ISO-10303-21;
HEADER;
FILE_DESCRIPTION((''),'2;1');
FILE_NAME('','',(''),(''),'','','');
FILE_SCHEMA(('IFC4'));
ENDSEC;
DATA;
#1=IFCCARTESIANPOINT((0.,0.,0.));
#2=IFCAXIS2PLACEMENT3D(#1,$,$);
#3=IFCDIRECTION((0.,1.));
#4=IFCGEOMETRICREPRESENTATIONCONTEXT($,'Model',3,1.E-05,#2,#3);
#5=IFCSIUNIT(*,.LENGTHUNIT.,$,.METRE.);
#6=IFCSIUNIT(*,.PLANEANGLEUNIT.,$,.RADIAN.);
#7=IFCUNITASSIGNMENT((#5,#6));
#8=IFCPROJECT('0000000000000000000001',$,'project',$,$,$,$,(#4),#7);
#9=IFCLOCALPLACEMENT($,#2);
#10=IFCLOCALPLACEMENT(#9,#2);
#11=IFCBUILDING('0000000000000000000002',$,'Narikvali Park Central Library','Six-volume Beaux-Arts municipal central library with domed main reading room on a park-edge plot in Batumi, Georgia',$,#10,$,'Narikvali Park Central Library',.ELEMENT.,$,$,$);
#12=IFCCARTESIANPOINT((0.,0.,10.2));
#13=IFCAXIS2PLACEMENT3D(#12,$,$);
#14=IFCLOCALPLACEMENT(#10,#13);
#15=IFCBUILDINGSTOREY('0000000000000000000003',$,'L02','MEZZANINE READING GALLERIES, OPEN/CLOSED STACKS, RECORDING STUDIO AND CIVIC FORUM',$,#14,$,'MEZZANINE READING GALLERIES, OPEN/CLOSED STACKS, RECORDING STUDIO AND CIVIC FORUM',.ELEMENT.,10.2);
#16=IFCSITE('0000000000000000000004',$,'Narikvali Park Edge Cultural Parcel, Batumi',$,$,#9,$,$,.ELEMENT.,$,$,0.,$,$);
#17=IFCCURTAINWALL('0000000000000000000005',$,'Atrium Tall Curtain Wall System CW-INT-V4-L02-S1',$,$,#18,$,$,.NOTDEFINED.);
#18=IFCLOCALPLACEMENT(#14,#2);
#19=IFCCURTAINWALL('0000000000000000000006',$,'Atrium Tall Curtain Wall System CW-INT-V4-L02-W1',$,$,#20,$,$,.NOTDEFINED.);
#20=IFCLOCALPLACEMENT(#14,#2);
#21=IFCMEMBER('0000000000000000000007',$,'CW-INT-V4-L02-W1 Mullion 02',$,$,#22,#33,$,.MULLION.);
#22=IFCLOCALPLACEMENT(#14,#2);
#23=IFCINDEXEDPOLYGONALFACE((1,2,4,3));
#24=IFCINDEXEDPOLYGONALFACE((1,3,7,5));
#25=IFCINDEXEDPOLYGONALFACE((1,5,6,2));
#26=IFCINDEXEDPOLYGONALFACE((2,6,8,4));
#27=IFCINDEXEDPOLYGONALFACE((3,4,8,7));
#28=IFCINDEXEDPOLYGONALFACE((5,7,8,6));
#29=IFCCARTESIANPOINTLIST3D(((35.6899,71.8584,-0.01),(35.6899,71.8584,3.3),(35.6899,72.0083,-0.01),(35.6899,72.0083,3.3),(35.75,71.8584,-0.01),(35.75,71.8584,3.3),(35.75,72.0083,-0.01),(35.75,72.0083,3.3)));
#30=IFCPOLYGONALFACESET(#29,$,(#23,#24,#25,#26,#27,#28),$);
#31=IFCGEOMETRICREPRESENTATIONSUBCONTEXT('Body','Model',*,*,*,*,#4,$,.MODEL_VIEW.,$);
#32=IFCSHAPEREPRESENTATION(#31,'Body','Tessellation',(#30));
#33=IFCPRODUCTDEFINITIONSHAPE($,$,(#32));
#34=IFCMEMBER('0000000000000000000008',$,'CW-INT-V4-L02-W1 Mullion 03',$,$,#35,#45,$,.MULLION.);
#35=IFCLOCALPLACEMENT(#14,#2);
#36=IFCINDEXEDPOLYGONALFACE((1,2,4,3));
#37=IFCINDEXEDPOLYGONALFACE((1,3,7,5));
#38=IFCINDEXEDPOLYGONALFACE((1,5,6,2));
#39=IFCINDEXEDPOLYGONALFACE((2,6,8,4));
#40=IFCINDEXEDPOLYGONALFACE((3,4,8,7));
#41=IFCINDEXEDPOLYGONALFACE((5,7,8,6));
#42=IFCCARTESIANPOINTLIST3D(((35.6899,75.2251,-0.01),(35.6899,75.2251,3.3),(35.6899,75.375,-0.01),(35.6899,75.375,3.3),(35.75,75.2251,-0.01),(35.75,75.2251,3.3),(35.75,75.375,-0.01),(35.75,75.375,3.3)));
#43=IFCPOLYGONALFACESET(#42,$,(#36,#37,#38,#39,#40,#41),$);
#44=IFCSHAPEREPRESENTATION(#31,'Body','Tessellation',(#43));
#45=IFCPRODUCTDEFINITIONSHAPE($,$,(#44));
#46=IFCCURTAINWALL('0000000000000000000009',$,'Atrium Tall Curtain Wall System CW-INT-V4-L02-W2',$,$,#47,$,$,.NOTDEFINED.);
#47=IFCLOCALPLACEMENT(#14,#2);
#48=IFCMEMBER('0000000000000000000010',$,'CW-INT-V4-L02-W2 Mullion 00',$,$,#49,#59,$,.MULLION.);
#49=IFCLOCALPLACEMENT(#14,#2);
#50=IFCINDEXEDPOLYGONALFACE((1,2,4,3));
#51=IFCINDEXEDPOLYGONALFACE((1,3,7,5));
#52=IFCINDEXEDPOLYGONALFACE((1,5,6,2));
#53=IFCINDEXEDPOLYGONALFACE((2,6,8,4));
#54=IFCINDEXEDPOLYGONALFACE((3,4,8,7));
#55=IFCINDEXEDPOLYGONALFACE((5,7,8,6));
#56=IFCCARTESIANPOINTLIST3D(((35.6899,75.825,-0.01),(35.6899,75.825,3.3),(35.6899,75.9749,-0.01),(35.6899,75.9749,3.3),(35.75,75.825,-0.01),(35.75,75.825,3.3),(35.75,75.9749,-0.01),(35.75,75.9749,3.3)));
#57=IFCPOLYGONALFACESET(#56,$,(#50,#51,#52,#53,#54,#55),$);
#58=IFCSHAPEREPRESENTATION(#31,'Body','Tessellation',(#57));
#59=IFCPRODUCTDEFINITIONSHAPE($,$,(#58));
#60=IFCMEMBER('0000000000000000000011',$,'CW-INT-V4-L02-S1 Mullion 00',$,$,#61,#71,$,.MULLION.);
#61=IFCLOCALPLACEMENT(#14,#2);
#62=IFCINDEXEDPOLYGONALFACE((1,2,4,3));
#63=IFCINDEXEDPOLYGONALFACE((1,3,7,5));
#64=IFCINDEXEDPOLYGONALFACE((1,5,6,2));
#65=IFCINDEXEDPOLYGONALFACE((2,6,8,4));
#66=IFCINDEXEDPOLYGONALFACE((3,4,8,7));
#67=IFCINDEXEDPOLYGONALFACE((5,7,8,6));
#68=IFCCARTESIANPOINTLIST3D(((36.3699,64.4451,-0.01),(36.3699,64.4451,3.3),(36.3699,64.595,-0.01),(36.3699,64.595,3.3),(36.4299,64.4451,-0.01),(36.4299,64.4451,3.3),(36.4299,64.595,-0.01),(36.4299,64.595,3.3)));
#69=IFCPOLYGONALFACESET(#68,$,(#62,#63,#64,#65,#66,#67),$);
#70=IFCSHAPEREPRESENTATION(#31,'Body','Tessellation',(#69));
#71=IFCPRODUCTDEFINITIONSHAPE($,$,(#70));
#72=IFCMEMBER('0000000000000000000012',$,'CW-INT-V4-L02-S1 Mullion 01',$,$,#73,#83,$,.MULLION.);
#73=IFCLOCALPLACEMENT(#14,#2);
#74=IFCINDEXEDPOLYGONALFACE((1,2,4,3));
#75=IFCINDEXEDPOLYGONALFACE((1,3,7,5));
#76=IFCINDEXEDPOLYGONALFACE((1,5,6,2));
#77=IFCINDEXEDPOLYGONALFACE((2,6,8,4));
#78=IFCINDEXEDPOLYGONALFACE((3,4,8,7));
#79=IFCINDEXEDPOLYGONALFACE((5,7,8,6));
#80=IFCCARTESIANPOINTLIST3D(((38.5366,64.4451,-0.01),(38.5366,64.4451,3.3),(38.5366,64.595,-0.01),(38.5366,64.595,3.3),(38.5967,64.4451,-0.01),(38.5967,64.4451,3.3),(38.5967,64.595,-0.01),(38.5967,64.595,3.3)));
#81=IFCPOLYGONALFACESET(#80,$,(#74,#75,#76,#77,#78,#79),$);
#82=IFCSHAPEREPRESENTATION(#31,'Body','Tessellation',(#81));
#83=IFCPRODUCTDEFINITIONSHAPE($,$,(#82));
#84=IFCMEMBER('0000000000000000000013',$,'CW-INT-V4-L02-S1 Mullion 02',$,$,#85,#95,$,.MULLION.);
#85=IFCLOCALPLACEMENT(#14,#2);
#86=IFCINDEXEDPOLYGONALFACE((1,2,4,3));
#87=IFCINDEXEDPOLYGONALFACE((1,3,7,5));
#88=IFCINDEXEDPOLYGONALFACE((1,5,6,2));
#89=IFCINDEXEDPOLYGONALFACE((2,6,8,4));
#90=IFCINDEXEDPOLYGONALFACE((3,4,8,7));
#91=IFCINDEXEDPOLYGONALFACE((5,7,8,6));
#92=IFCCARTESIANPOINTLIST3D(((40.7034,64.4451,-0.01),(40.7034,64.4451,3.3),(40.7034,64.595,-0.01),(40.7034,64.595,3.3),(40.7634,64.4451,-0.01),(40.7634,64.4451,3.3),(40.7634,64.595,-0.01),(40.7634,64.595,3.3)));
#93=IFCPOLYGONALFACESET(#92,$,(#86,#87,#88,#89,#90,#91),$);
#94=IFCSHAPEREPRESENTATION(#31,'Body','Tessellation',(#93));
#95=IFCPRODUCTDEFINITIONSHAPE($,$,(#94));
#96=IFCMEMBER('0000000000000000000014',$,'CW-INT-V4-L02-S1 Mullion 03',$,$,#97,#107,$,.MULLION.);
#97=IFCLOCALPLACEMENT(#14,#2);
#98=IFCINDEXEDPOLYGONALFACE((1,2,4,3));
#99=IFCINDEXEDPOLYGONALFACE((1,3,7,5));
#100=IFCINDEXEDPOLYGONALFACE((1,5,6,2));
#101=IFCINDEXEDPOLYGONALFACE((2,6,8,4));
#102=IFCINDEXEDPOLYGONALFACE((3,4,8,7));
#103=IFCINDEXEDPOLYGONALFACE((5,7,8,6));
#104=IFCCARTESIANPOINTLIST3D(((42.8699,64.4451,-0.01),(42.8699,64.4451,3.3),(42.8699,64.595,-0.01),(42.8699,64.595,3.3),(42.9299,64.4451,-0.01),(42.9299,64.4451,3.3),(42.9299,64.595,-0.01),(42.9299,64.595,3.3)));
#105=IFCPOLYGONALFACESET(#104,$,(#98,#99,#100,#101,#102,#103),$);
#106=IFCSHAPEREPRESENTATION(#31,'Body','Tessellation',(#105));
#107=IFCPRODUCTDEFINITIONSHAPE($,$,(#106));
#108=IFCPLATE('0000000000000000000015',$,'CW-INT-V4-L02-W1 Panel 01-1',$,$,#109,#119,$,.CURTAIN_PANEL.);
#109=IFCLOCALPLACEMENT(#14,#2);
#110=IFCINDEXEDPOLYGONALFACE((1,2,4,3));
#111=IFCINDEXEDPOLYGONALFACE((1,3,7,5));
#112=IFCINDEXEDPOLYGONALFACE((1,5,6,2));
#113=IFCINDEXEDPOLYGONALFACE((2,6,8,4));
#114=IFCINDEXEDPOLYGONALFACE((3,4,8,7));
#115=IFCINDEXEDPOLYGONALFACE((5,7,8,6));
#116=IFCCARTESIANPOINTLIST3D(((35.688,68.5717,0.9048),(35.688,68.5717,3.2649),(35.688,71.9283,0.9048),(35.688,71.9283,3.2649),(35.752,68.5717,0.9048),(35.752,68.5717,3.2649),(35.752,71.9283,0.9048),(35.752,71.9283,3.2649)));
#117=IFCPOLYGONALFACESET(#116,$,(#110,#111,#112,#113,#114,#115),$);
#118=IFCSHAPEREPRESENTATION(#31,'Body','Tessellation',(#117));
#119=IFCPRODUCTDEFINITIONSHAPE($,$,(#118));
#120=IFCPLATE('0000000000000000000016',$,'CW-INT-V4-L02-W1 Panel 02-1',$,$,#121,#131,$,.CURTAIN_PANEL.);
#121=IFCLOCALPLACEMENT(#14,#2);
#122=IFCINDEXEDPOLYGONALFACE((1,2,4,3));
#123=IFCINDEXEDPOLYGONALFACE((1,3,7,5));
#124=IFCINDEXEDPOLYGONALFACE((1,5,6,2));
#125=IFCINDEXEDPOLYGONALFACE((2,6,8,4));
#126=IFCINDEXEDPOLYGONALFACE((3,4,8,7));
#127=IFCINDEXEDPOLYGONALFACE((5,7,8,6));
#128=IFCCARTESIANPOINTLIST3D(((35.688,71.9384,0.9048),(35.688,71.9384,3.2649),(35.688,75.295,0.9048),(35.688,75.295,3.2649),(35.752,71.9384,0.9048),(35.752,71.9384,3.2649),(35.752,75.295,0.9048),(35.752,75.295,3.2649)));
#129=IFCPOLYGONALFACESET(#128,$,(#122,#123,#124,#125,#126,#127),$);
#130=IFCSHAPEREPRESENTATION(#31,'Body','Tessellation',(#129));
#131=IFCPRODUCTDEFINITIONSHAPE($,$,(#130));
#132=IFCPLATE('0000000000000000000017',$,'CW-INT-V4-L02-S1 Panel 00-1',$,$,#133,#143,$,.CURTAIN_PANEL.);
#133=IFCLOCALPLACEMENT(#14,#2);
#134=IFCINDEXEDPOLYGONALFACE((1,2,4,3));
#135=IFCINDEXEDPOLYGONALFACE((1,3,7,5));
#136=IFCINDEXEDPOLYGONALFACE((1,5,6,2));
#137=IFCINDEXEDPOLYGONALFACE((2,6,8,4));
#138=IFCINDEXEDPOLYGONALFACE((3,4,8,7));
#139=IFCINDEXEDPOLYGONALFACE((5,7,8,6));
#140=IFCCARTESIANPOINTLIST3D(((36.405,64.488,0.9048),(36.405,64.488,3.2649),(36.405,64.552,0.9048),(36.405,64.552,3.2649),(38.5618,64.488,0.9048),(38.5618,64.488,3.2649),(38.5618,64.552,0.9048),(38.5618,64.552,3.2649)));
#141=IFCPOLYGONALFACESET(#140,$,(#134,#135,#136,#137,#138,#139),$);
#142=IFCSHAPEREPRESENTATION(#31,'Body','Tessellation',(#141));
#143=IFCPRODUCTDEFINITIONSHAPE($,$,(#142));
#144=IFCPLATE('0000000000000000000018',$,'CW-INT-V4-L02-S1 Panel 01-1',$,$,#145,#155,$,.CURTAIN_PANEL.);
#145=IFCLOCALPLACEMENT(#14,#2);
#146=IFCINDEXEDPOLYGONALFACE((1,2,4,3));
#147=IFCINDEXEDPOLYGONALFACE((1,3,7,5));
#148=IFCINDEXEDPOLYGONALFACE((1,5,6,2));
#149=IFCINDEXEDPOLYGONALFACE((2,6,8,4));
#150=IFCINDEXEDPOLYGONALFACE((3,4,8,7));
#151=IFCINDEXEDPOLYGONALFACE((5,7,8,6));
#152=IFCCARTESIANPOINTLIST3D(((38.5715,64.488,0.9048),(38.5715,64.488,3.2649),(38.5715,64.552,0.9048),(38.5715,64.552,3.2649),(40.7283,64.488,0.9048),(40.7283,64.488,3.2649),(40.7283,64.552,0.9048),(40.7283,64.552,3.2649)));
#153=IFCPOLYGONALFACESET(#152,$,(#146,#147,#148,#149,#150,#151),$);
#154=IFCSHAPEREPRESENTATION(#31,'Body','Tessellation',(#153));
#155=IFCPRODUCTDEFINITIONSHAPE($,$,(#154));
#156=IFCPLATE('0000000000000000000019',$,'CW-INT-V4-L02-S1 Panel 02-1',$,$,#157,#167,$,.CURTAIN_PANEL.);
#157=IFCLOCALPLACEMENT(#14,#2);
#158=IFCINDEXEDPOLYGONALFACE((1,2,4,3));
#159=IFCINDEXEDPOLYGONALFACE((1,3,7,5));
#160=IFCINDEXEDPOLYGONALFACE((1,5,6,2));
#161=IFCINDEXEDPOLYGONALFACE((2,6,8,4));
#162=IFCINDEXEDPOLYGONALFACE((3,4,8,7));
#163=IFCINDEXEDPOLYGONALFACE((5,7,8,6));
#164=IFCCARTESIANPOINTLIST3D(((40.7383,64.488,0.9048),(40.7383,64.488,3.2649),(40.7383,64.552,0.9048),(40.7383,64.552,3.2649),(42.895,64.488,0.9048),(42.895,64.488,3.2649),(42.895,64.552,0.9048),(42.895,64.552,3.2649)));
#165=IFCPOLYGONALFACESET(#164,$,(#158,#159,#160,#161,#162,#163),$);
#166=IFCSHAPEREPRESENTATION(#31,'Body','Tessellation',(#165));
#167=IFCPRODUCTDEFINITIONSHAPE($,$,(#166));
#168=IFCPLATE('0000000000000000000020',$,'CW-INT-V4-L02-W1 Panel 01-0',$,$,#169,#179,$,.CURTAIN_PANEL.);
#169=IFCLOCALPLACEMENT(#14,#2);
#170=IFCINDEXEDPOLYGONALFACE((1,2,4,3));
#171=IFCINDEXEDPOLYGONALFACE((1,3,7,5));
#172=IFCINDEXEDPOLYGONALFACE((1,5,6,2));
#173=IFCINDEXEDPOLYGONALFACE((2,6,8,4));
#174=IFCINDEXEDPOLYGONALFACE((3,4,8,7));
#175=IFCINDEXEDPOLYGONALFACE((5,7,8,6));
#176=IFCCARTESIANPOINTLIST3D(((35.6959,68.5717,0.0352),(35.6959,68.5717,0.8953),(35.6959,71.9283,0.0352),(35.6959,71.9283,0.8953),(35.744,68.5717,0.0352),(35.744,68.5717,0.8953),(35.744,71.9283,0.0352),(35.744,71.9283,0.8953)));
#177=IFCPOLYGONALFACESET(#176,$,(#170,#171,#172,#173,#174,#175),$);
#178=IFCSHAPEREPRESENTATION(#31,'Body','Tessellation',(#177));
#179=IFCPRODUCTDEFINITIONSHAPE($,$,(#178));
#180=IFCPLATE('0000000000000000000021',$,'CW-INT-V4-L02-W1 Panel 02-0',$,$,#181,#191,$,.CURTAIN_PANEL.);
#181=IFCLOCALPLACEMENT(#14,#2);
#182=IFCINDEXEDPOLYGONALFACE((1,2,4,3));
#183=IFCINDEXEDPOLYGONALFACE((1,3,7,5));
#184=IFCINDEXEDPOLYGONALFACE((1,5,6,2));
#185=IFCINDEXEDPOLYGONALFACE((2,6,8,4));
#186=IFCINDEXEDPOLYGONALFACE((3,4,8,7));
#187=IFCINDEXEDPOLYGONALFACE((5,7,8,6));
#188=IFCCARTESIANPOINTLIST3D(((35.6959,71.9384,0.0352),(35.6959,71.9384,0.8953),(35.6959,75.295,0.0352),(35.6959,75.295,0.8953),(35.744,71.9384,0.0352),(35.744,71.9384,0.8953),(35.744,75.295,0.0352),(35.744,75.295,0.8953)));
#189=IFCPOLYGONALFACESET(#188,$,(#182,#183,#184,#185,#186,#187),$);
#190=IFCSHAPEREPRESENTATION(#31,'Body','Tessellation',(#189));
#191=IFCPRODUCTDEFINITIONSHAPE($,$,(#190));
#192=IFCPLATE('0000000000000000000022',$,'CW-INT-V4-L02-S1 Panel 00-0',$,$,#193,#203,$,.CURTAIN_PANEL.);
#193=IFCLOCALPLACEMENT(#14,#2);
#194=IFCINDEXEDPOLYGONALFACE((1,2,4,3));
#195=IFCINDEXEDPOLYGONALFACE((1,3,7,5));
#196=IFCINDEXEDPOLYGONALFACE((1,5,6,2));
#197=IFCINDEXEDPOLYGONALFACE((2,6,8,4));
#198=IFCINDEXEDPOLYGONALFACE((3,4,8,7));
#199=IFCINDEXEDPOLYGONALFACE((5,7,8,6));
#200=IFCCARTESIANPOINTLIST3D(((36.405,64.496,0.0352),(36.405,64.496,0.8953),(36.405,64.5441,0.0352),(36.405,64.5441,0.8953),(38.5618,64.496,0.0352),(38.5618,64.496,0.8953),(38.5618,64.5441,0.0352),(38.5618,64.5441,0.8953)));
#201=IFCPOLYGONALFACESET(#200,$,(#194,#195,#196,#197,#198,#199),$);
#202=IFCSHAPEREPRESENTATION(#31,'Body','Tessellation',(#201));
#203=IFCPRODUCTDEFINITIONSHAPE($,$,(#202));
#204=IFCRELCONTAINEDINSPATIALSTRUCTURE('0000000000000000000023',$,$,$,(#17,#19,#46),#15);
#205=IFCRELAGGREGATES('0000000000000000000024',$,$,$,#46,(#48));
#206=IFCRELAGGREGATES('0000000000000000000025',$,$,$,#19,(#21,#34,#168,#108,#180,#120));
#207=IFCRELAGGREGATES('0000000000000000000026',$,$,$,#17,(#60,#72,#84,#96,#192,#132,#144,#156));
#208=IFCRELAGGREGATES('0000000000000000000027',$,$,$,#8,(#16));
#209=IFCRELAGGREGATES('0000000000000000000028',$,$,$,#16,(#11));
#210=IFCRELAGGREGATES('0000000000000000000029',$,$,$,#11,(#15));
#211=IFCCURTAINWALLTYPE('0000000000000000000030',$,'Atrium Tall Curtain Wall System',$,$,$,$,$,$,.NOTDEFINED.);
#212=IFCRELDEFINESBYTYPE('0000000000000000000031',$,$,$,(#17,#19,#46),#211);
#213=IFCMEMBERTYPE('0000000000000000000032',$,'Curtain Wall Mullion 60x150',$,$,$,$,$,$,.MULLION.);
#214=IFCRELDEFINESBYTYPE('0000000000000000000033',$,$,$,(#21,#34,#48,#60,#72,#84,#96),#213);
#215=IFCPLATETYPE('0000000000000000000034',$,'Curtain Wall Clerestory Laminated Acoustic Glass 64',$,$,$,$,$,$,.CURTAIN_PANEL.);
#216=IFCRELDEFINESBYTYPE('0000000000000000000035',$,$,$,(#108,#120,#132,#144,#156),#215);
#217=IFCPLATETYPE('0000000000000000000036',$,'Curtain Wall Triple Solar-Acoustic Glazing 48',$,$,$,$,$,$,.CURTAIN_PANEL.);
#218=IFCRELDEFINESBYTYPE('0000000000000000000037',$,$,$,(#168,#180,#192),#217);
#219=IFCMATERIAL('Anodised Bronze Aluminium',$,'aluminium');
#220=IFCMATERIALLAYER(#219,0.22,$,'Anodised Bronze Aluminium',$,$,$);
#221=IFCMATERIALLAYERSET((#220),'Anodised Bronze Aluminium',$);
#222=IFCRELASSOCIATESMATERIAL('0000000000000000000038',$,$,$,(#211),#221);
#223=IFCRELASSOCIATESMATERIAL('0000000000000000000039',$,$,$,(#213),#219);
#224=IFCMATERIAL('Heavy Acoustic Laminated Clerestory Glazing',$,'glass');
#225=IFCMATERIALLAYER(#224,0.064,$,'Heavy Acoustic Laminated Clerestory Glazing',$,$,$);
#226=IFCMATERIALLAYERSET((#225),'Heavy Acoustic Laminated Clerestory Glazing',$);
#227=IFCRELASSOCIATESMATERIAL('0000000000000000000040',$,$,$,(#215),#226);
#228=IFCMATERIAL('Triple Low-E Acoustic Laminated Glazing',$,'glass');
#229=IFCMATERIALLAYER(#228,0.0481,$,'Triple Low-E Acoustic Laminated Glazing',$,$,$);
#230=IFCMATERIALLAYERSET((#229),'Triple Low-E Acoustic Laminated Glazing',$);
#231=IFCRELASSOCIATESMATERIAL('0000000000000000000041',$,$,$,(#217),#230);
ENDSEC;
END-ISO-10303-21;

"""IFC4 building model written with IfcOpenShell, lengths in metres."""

from ifc_helpers import new_model, si_unit, direction, frame, origin, origin_2d, place, context, subcontext, project, spatial, rectangle, extrude, material, layer, layer_set, material_profile, profile_set, type_object, element, aggregate, save


model = new_model("IFC4")

# Units and contexts
model_context = context("Model", 3, precision=1e-05, world=origin(), true_north=direction((0.0, 1.0)))
body_context = subcontext(model_context, "Body", "Model", "MODEL_VIEW")
ifc_project = project(units=[si_unit("LENGTHUNIT", "METRE"), si_unit("PLANEANGLEUNIT", "RADIAN")], contexts=[model_context])

# Site, building, storey
site_placement = place(None, origin())
site = spatial("IfcSite", under=ifc_project, at=site_placement, Name="Narikvali Park Edge Cultural Parcel, Batumi", CompositionType="ELEMENT", RefElevation=0.0)
building_placement = place(site_placement, origin())
building = spatial("IfcBuilding", under=site, at=building_placement, Name="Narikvali Park Central Library", Description="Six-volume Beaux-Arts municipal central library with domed main reading room on a park-edge plot in Batumi, Georgia", LongName="Narikvali Park Central Library", CompositionType="ELEMENT")
storey_placement = place(building_placement, frame((0.0, 0.0, 10.2)))
storey = spatial("IfcBuildingStorey", under=building, at=storey_placement, Name="L02", Description="MEZZANINE READING GALLERIES, OPEN/CLOSED STACKS, RECORDING STUDIO AND CIVIC FORUM", LongName="MEZZANINE READING GALLERIES, OPEN/CLOSED STACKS, RECORDING STUDIO AND CIVIC FORUM", CompositionType="ELEMENT", Elevation=10.2)

# Curtain walls, members
ifc_material_1 = material(Name="Anodised Bronze Aluminium", Category="aluminium")
ifc_layer_1 = layer(ifc_material_1, 0.22, Name="Anodised Bronze Aluminium")
ifc_layer_set_1 = layer_set([ifc_layer_1], Name="Anodised Bronze Aluminium")
curtain_wall_type = type_object("IfcCurtainWallType", Name="Atrium Tall Curtain Wall System", PredefinedType="NOTDEFINED", material=ifc_layer_set_1)
curtain_wall_1_placement = place(storey_placement, origin())
curtain_wall_1 = element("IfcCurtainWall", 1, at=curtain_wall_1_placement, inside=storey, type_object=curtain_wall_type, Name="Atrium Tall Curtain Wall System CW-INT-V4-L02-S1", PredefinedType="NOTDEFINED")
curtain_wall_2_placement = place(storey_placement, origin())
curtain_wall_2 = element("IfcCurtainWall", 2, at=curtain_wall_2_placement, inside=storey, type_object=curtain_wall_type, Name="Atrium Tall Curtain Wall System CW-INT-V4-L02-W1", PredefinedType="NOTDEFINED")
ifc_material_profile_1 = material_profile(ifc_material_1, rectangle(XDim=0.0601, YDim=0.1499, at=origin_2d()), Name="CW MULLION 60x150")
ifc_profile_set_1 = profile_set([ifc_material_profile_1], Name="Anodised Bronze Aluminium")
member_type_1 = type_object("IfcMemberType", Name="Curtain Wall Mullion 60x150", PredefinedType="MULLION", material=ifc_profile_set_1)
member_1_placement = place(storey_placement, frame((35.72, 71.9333, -0.01), z_axis=(0.0, 0.0, 1.0), x_axis=(1.0, 0.0, 0.0)))
member_1 = element("IfcMember", 3, at=member_1_placement, type_object=member_type_1, Name="CW-INT-V4-L02-W1 Mullion 02", PredefinedType="MULLION", context=body_context, shape_type="SweptSolid", body=[
    extrude(rectangle(XDim=0.0601, YDim=0.1499, at=origin_2d()), origin(), (0.0, 0.0, 1.0), 3.3101),
])
member_2_placement = place(storey_placement, frame((35.72, 75.3, -0.01), z_axis=(0.0, 0.0, 1.0), x_axis=(1.0, 0.0, 0.0)))
member_2 = element("IfcMember", 4, at=member_2_placement, type_object=member_type_1, Name="CW-INT-V4-L02-W1 Mullion 03", PredefinedType="MULLION", context=body_context, shape_type="SweptSolid", body=[
    extrude(rectangle(XDim=0.0601, YDim=0.1499, at=origin_2d()), origin(), (0.0, 0.0, 1.0), 3.3101),
])

# Curtain wall, member
curtain_wall_3_placement = place(storey_placement, origin())
curtain_wall_3 = element("IfcCurtainWall", 5, at=curtain_wall_3_placement, inside=storey, type_object=curtain_wall_type, Name="Atrium Tall Curtain Wall System CW-INT-V4-L02-W2", PredefinedType="NOTDEFINED")
member_3_placement = place(storey_placement, frame((35.72, 75.8999, -0.01), z_axis=(0.0, 0.0, 1.0), x_axis=(1.0, 0.0, 0.0)))
member_3 = element("IfcMember", 6, at=member_3_placement, type_object=member_type_1, Name="CW-INT-V4-L02-W2 Mullion 00", PredefinedType="MULLION", context=body_context, shape_type="SweptSolid", body=[
    extrude(rectangle(XDim=0.0601, YDim=0.1499, at=origin_2d()), origin(), (0.0, 0.0, 1.0), 3.3101),
])
aggregate(curtain_wall_3, [member_3])

# Members
member_4_placement = place(storey_placement, frame((36.3999, 64.52, -0.01), z_axis=(0.0, 0.0, 1.0), x_axis=(1.0, 0.0, 0.0)))
member_4 = element("IfcMember", 7, at=member_4_placement, type_object=member_type_1, Name="CW-INT-V4-L02-S1 Mullion 00", PredefinedType="MULLION", context=body_context, shape_type="SweptSolid", body=[
    extrude(rectangle(XDim=0.0601, YDim=0.1499, at=origin_2d()), origin(), (0.0, 0.0, 1.0), 3.3101),
])
member_5_placement = place(storey_placement, frame((38.5667, 64.52, -0.01), z_axis=(0.0, 0.0, 1.0), x_axis=(1.0, 0.0, 0.0)))
member_5 = element("IfcMember", 8, at=member_5_placement, type_object=member_type_1, Name="CW-INT-V4-L02-S1 Mullion 01", PredefinedType="MULLION", context=body_context, shape_type="SweptSolid", body=[
    extrude(rectangle(XDim=0.0601, YDim=0.1499, at=origin_2d()), origin(), (0.0, 0.0, 1.0), 3.3101),
])
member_6_placement = place(storey_placement, frame((40.7334, 64.52, -0.01), z_axis=(0.0, 0.0, 1.0), x_axis=(1.0, 0.0, 0.0)))
member_6 = element("IfcMember", 9, at=member_6_placement, type_object=member_type_1, Name="CW-INT-V4-L02-S1 Mullion 02", PredefinedType="MULLION", context=body_context, shape_type="SweptSolid", body=[
    extrude(rectangle(XDim=0.0601, YDim=0.1499, at=origin_2d()), origin(), (0.0, 0.0, 1.0), 3.3101),
])
member_7_placement = place(storey_placement, frame((42.8999, 64.52, -0.01), z_axis=(0.0, 0.0, 1.0), x_axis=(1.0, 0.0, 0.0)))
member_7 = element("IfcMember", 10, at=member_7_placement, type_object=member_type_1, Name="CW-INT-V4-L02-S1 Mullion 03", PredefinedType="MULLION", context=body_context, shape_type="SweptSolid", body=[
    extrude(rectangle(XDim=0.0601, YDim=0.1499, at=origin_2d()), origin(), (0.0, 0.0, 1.0), 3.3101),
])

# Plates
ifc_material_2 = material(Name="Heavy Acoustic Laminated Clerestory Glazing", Category="glass")
ifc_layer_2 = layer(ifc_material_2, 0.064, Name="Heavy Acoustic Laminated Clerestory Glazing")
ifc_layer_set_2 = layer_set([ifc_layer_2], Name="Heavy Acoustic Laminated Clerestory Glazing")
plate_type_1 = type_object("IfcPlateType", Name="Curtain Wall Clerestory Laminated Acoustic Glass 64", PredefinedType="CURTAIN_PANEL", material=ifc_layer_set_2)
plate_1_placement = place(storey_placement, frame((35.72, 70.25, 0.9048), z_axis=(0.0, 0.0, 1.0), x_axis=(0.0, 1.0, 0.0)))
plate_1 = element("IfcPlate", 11, at=plate_1_placement, type_object=plate_type_1, Name="CW-INT-V4-L02-W1 Panel 01-1", PredefinedType="CURTAIN_PANEL", context=body_context, shape_type="SweptSolid", body=[
    extrude(rectangle(XDim=3.3567, YDim=0.064, at=origin_2d()), origin(), (0.0, 0.0, 1.0), 2.3601),
])
plate_2_placement = place(storey_placement, frame((35.72, 73.6167, 0.9048), z_axis=(0.0, 0.0, 1.0), x_axis=(0.0, 1.0, 0.0)))
plate_2 = element("IfcPlate", 12, at=plate_2_placement, type_object=plate_type_1, Name="CW-INT-V4-L02-W1 Panel 02-1", PredefinedType="CURTAIN_PANEL", context=body_context, shape_type="SweptSolid", body=[
    extrude(rectangle(XDim=3.3567, YDim=0.064, at=origin_2d()), origin(), (0.0, 0.0, 1.0), 2.3601),
])
plate_3_placement = place(storey_placement, frame((37.4834, 64.52, 0.9048), z_axis=(0.0, 0.0, 1.0), x_axis=(1.0, 0.0, 0.0)))
plate_3 = element("IfcPlate", 13, at=plate_3_placement, type_object=plate_type_1, Name="CW-INT-V4-L02-S1 Panel 00-1", PredefinedType="CURTAIN_PANEL", context=body_context, shape_type="SweptSolid", body=[
    extrude(rectangle(XDim=2.1567, YDim=0.064, at=origin_2d()), origin(), (0.0, 0.0, 1.0), 2.3601),
])
plate_4_placement = place(storey_placement, frame((39.6499, 64.52, 0.9048), z_axis=(0.0, 0.0, 1.0), x_axis=(1.0, 0.0, 0.0)))
plate_4 = element("IfcPlate", 14, at=plate_4_placement, type_object=plate_type_1, Name="CW-INT-V4-L02-S1 Panel 01-1", PredefinedType="CURTAIN_PANEL", context=body_context, shape_type="SweptSolid", body=[
    extrude(rectangle(XDim=2.1567, YDim=0.064, at=origin_2d()), origin(), (0.0, 0.0, 1.0), 2.3601),
])
plate_5_placement = place(storey_placement, frame((41.8167, 64.52, 0.9048), z_axis=(0.0, 0.0, 1.0), x_axis=(1.0, 0.0, 0.0)))
plate_5 = element("IfcPlate", 15, at=plate_5_placement, type_object=plate_type_1, Name="CW-INT-V4-L02-S1 Panel 02-1", PredefinedType="CURTAIN_PANEL", context=body_context, shape_type="SweptSolid", body=[
    extrude(rectangle(XDim=2.1567, YDim=0.064, at=origin_2d()), origin(), (0.0, 0.0, 1.0), 2.3601),
])
ifc_material_3 = material(Name="Triple Low-E Acoustic Laminated Glazing", Category="glass")
ifc_layer_3 = layer(ifc_material_3, 0.0481, Name="Triple Low-E Acoustic Laminated Glazing")
ifc_layer_set_3 = layer_set([ifc_layer_3], Name="Triple Low-E Acoustic Laminated Glazing")
plate_type_2 = type_object("IfcPlateType", Name="Curtain Wall Triple Solar-Acoustic Glazing 48", PredefinedType="CURTAIN_PANEL", material=ifc_layer_set_3)
plate_6_placement = place(storey_placement, frame((35.72, 70.25, 0.0352), z_axis=(0.0, 0.0, 1.0), x_axis=(0.0, 1.0, 0.0)))
plate_6 = element("IfcPlate", 16, at=plate_6_placement, type_object=plate_type_2, Name="CW-INT-V4-L02-W1 Panel 01-0", PredefinedType="CURTAIN_PANEL", context=body_context, shape_type="SweptSolid", body=[
    extrude(rectangle(XDim=3.3567, YDim=0.0481, at=origin_2d()), origin(), (0.0, 0.0, 1.0), 0.8601),
])
plate_7_placement = place(storey_placement, frame((35.72, 73.6167, 0.0352), z_axis=(0.0, 0.0, 1.0), x_axis=(0.0, 1.0, 0.0)))
plate_7 = element("IfcPlate", 17, at=plate_7_placement, type_object=plate_type_2, Name="CW-INT-V4-L02-W1 Panel 02-0", PredefinedType="CURTAIN_PANEL", context=body_context, shape_type="SweptSolid", body=[
    extrude(rectangle(XDim=3.3567, YDim=0.0481, at=origin_2d()), origin(), (0.0, 0.0, 1.0), 0.8601),
])
aggregate(curtain_wall_2, [member_1, member_2, plate_6, plate_1, plate_7, plate_2])
plate_8_placement = place(storey_placement, frame((37.4834, 64.52, 0.0352), z_axis=(0.0, 0.0, 1.0), x_axis=(1.0, 0.0, 0.0)))
plate_8 = element("IfcPlate", 18, at=plate_8_placement, type_object=plate_type_2, Name="CW-INT-V4-L02-S1 Panel 00-0", PredefinedType="CURTAIN_PANEL", context=body_context, shape_type="SweptSolid", body=[
    extrude(rectangle(XDim=2.1567, YDim=0.0481, at=origin_2d()), origin(), (0.0, 0.0, 1.0), 0.8601),
])
aggregate(curtain_wall_1, [member_4, member_5, member_6, member_7, plate_8, plate_3, plate_4, plate_5])

save(model, "model.ifc")
